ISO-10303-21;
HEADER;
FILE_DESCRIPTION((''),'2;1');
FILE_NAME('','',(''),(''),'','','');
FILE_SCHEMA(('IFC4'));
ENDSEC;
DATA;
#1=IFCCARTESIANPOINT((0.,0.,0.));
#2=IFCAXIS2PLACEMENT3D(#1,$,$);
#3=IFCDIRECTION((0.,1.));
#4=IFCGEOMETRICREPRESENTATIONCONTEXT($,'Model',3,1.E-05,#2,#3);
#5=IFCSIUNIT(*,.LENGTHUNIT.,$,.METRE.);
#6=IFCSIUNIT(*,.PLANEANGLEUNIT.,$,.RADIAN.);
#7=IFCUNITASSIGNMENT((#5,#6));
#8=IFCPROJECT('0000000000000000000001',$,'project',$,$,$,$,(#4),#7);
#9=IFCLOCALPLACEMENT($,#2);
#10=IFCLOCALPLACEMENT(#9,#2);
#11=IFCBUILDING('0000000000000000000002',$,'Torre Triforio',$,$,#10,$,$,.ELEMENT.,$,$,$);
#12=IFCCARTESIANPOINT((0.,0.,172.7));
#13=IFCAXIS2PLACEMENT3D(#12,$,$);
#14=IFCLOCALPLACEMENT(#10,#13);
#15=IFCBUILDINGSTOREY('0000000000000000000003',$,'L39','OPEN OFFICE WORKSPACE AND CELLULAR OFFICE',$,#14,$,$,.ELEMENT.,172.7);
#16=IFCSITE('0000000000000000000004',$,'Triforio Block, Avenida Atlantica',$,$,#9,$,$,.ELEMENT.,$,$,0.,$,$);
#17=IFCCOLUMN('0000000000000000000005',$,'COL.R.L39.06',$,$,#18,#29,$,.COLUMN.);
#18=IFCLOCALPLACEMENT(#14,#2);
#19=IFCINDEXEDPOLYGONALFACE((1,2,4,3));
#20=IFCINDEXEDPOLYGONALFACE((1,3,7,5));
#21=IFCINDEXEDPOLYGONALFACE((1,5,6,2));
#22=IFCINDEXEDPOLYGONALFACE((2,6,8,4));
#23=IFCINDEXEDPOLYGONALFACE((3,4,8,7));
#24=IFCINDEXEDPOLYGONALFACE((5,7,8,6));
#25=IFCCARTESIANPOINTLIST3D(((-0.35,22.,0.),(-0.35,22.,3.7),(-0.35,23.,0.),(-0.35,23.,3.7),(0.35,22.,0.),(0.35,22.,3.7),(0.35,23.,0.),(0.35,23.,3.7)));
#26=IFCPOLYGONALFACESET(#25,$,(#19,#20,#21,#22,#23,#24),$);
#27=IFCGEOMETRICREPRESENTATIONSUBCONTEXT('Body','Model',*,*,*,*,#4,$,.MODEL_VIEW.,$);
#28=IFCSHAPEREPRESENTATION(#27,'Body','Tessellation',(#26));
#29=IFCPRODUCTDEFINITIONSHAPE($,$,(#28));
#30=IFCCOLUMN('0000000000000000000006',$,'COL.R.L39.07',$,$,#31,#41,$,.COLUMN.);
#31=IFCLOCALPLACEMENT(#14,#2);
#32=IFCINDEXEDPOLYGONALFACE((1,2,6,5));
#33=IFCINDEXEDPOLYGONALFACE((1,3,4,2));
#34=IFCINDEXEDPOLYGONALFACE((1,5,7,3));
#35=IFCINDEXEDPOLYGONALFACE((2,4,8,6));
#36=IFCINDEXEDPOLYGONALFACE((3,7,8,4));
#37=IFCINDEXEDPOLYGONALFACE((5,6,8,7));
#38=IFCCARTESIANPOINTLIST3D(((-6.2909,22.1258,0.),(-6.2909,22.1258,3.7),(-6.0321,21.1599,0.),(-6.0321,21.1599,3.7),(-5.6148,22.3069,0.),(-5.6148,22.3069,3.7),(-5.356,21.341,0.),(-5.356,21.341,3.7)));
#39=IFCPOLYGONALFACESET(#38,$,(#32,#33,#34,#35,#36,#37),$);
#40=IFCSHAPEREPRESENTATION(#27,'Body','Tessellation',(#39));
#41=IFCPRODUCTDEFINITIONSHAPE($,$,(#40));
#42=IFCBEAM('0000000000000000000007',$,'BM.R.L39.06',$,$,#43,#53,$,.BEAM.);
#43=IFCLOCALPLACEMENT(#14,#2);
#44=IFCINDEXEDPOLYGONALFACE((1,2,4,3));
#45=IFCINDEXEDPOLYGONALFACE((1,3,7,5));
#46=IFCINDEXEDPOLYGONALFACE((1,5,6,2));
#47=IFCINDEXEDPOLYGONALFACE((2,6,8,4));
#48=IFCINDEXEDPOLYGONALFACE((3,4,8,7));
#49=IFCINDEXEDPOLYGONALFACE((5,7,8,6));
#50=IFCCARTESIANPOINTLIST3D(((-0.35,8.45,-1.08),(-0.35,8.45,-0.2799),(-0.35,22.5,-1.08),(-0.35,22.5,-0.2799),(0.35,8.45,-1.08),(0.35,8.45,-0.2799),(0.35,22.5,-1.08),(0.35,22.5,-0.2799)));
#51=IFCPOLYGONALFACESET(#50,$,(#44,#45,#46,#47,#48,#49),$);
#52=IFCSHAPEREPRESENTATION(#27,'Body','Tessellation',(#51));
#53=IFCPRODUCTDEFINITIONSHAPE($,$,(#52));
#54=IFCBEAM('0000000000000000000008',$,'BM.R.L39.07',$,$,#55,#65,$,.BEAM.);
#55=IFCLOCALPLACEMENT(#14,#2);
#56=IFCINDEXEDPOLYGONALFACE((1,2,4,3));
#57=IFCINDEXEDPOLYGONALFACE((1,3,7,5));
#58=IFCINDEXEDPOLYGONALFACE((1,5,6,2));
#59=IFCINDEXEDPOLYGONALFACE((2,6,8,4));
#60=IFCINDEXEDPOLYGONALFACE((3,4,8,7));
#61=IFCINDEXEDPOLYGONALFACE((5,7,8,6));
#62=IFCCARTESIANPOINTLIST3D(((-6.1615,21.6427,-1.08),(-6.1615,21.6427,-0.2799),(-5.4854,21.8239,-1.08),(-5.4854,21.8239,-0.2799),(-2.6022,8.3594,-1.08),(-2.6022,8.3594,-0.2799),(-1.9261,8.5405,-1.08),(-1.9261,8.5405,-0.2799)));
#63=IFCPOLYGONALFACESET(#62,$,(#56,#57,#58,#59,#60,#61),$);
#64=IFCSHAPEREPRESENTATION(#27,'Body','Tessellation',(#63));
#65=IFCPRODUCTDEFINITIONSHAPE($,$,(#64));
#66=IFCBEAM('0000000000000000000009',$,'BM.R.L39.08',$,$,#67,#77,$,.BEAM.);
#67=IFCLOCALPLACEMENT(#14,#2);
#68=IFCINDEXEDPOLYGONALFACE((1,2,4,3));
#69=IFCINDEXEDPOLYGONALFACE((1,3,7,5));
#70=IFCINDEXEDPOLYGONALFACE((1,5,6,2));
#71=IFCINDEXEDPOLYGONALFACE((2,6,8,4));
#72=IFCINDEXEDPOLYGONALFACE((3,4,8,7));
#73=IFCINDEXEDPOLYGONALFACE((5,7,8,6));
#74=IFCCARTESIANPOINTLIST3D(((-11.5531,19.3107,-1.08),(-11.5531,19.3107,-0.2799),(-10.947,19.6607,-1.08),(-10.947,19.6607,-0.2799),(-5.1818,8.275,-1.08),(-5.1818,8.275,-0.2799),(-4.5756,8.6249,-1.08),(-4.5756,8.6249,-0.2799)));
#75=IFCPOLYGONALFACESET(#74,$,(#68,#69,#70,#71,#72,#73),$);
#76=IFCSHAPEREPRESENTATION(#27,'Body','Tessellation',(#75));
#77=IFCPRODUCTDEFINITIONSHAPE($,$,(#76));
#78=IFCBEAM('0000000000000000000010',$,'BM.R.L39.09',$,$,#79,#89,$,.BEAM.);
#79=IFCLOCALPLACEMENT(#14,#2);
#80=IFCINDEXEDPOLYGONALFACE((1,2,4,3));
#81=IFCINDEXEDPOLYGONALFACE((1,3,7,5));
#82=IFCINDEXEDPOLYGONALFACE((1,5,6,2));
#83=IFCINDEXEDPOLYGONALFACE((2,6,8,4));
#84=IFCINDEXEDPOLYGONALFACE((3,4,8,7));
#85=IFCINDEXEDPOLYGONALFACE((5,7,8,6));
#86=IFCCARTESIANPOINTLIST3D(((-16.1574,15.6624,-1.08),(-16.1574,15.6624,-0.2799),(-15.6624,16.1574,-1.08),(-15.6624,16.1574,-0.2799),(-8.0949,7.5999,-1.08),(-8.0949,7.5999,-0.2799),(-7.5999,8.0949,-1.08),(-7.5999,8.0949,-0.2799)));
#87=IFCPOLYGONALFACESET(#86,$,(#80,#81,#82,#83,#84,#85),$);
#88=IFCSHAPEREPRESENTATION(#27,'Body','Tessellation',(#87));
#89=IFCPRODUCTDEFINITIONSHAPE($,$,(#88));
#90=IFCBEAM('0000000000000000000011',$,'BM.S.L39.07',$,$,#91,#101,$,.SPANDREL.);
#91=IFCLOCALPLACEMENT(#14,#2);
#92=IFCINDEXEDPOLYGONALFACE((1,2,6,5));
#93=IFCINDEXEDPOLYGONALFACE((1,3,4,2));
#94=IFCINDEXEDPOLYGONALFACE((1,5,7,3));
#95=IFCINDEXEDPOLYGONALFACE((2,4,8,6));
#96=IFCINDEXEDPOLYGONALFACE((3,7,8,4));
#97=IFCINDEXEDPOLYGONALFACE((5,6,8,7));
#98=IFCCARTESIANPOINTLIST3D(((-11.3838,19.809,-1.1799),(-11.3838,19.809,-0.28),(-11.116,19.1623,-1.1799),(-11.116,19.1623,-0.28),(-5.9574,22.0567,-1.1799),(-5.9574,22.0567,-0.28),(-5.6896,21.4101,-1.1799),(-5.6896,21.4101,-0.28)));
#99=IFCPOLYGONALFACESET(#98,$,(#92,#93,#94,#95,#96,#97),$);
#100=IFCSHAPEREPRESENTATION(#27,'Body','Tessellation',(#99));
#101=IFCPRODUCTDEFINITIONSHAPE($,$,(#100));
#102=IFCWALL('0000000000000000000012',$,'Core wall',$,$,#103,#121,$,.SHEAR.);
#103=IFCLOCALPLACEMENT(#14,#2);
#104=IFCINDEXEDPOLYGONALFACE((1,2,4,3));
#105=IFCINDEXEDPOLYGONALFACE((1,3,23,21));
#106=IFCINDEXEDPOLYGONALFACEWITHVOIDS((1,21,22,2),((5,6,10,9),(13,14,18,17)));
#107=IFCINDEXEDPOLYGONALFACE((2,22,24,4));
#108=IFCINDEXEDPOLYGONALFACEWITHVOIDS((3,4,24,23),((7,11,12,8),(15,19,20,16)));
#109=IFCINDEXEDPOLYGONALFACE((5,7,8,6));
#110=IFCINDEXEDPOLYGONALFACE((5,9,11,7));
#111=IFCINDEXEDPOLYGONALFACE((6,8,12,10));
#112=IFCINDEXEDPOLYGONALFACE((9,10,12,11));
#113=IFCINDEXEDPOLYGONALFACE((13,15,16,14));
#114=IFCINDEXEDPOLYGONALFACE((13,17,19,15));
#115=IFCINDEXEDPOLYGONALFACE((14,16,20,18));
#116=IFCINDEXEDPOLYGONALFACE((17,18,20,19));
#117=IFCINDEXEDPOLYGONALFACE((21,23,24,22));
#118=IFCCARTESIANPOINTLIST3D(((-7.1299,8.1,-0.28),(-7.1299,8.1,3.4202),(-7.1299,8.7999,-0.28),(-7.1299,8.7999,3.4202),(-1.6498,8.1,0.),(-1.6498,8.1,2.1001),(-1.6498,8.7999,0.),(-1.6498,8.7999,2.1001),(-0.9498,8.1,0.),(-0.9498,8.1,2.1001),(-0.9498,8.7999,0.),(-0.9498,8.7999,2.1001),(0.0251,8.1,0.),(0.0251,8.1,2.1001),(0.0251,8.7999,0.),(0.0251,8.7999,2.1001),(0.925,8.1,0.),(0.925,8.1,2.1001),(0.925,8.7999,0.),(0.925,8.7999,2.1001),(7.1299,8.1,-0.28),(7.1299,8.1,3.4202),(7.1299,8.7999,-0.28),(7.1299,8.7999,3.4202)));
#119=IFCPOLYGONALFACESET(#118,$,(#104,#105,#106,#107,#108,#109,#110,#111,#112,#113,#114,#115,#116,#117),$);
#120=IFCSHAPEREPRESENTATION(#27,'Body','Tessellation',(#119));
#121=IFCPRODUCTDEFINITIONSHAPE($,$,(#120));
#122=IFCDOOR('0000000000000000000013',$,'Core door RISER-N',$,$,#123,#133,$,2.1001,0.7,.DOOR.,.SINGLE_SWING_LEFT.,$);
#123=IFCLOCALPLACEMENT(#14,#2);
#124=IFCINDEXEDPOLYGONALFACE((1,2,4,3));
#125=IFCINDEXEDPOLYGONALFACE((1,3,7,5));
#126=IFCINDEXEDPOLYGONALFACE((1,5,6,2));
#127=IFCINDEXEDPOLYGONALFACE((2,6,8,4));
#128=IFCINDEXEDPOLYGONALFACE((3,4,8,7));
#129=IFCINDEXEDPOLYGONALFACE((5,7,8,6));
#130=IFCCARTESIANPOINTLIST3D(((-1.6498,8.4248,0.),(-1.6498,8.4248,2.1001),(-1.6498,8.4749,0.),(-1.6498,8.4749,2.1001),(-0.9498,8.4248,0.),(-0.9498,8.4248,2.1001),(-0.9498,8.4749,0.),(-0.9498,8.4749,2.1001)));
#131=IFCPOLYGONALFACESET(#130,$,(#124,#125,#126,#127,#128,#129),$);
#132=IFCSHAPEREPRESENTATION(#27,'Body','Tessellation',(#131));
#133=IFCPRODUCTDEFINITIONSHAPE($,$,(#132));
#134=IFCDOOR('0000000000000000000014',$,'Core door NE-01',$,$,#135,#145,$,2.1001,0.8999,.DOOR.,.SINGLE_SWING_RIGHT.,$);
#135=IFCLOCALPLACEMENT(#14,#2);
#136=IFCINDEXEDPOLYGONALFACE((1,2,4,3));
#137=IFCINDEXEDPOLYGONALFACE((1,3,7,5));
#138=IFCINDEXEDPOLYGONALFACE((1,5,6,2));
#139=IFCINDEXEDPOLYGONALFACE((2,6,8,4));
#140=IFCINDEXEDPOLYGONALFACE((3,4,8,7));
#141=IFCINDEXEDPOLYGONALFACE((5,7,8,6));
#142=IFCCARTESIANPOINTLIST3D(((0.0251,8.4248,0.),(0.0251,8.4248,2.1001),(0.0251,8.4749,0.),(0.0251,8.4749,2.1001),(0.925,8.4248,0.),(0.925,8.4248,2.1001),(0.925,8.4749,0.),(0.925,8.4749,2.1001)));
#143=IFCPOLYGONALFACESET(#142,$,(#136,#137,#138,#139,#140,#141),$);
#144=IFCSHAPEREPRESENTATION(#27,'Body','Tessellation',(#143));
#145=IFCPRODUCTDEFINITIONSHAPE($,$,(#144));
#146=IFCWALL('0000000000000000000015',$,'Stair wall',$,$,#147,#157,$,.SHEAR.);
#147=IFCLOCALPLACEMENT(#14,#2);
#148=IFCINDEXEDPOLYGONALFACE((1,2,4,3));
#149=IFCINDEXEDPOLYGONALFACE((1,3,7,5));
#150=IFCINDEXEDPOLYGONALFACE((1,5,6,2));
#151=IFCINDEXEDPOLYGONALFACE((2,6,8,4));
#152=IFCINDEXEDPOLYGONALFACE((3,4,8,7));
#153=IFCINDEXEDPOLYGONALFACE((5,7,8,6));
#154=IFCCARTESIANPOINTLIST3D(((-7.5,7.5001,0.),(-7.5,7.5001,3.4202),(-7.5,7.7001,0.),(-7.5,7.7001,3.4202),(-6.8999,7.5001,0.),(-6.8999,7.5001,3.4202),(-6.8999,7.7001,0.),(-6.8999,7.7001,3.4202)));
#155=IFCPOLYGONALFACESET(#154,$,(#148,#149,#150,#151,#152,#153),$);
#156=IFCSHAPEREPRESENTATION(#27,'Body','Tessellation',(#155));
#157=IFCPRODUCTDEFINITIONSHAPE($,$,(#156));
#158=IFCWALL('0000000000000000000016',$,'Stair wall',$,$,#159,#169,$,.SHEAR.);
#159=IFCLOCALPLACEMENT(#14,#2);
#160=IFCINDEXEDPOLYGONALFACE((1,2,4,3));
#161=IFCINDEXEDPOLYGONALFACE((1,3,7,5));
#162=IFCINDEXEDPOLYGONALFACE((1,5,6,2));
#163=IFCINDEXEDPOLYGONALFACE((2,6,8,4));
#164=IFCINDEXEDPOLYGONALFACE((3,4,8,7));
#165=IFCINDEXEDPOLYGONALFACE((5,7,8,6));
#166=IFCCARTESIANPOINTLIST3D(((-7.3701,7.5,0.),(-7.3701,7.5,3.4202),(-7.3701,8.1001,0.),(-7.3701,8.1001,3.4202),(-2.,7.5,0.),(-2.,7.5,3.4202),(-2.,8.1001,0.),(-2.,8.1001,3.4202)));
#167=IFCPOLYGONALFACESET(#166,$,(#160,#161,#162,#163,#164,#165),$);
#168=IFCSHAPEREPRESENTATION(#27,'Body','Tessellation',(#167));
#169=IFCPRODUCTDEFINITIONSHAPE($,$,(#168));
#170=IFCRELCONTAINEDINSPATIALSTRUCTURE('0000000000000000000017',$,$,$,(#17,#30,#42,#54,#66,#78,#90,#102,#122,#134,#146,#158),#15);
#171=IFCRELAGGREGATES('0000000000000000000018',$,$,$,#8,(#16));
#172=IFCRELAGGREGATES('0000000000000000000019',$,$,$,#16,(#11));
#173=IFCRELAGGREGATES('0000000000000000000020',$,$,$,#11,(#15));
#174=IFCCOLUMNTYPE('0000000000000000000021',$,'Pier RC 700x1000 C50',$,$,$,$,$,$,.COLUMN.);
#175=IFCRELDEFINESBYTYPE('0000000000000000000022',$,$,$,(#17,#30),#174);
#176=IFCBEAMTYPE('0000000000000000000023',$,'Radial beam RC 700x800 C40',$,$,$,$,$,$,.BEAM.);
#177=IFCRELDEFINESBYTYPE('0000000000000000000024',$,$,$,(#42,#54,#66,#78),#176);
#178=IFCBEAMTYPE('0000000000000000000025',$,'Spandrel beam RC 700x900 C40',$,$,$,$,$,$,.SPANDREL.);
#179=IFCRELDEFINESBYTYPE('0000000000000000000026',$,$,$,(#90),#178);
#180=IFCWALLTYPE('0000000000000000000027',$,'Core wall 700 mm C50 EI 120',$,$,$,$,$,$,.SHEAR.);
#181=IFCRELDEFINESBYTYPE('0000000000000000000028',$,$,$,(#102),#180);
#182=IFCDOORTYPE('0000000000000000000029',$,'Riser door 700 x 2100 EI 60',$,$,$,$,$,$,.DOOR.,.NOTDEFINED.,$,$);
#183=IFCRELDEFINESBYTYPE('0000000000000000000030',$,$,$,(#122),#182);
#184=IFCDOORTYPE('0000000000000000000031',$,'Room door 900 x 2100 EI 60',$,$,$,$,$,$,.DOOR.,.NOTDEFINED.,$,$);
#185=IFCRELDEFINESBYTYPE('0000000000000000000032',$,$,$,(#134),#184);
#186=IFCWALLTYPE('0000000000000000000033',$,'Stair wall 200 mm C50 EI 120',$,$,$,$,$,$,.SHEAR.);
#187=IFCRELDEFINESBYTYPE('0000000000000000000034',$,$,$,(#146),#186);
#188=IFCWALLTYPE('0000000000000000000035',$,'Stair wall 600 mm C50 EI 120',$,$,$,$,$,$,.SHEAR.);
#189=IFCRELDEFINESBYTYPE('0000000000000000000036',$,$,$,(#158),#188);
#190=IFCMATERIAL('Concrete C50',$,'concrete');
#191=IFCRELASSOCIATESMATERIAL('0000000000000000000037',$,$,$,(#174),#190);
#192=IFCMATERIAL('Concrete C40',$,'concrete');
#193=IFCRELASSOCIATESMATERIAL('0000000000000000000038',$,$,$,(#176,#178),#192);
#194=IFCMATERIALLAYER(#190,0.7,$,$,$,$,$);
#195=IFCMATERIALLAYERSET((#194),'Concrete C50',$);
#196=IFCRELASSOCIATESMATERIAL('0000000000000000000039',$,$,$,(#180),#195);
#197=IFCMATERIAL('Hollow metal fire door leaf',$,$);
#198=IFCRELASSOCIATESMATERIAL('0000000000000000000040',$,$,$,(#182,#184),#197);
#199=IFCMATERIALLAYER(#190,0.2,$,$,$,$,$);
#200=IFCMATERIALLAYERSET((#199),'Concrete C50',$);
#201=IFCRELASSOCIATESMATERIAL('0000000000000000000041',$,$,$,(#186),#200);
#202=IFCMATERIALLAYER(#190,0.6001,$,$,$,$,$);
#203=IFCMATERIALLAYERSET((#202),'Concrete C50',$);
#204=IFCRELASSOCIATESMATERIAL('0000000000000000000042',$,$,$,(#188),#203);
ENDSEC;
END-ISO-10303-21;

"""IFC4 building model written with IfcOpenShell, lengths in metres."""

from ifc_helpers import new_model, si_unit, direction, frame, frame_2d, origin, origin_2d, place, context, subcontext, project, spatial, rectangle, extrude, material, layer, layer_set, material_profile, profile_set, type_object, element, fill, save


model = new_model("IFC4")

# Units and contexts
model_context = context("Model", 3, precision=1e-05, world=origin(), true_north=direction((0.0, 1.0)))
body_context = subcontext(model_context, "Body", "Model", "MODEL_VIEW")
ifc_project = project(units=[si_unit("LENGTHUNIT", "METRE"), si_unit("PLANEANGLEUNIT", "RADIAN")], contexts=[model_context])

# Site, building, storey
site_placement = place(None, origin())
site = spatial("IfcSite", under=ifc_project, at=site_placement, Name="Triforio Block, Avenida Atlantica", CompositionType="ELEMENT", RefElevation=0.0)
building_placement = place(site_placement, origin())
building = spatial("IfcBuilding", under=site, at=building_placement, Name="Torre Triforio", CompositionType="ELEMENT")
storey_placement = place(building_placement, frame((0.0, 0.0, 172.7)))
storey = spatial("IfcBuildingStorey", under=building, at=storey_placement, Name="L39", Description="OPEN OFFICE WORKSPACE AND CELLULAR OFFICE", CompositionType="ELEMENT", Elevation=172.7)

# Columns
ifc_material_1 = material(Name="Concrete C50", Category="concrete")
ifc_material_profile_1 = material_profile(ifc_material_1, rectangle(XDim=0.7, YDim=1.0, at=origin_2d()), Name="RC 700x1000")
ifc_profile_set_1 = profile_set([ifc_material_profile_1], Name="Concrete C50")
column_type = type_object("IfcColumnType", Name="Pier RC 700x1000 C50", PredefinedType="COLUMN", material=ifc_profile_set_1)
for number, where, z_axis, x_axis, name in (
    (1, (0.0, 22.5, 0.0), (0.0, 0.0, 1.0), (-1.0, 0.0, 0.0), "COL.R.L39.06"),
    (2, (-5.8235, 21.7334, 0.0), (0.0, 0.0, 1.0), (-0.965926, -0.258819, 0.0), "COL.R.L39.07"),
):
    element("IfcColumn", number, at=place(storey_placement, frame(where, z_axis=z_axis, x_axis=x_axis)), inside=storey, type_object=column_type, Name=name, PredefinedType="COLUMN", context=body_context, shape_type="SweptSolid", body=[
        extrude(rectangle(XDim=0.7, YDim=1.0, at=origin_2d()), origin(), (0.0, 0.0, 1.0), 3.7),
    ])

# Beams
ifc_material_2 = material(Name="Concrete C40", Category="concrete")
ifc_material_profile_2 = material_profile(ifc_material_2, rectangle(XDim=0.7, YDim=0.8, at=origin_2d()), Name="RC 700x800")
ifc_profile_set_2 = profile_set([ifc_material_profile_2], Name="Concrete C40")
beam_type_1 = type_object("IfcBeamType", Name="Radial beam RC 700x800 C40", PredefinedType="BEAM", material=ifc_profile_set_2)
beam_1_placement = place(storey_placement, frame((0.0, 8.45, -0.6799), z_axis=(0.0, 1.0, 0.0), x_axis=(-1.0, 0.0, 0.0)))
element("IfcBeam", 3, at=beam_1_placement, inside=storey, type_object=beam_type_1, Name="BM.R.L39.06", PredefinedType="BEAM", context=body_context, shape_type="SweptSolid", body=[
    extrude(rectangle(XDim=0.7, YDim=0.8, at=origin_2d()), origin(), (0.0, 0.0, 1.0), 14.05),
])
beam_2_placement = place(storey_placement, frame((-2.2642, 8.45, -0.6799), z_axis=(-0.258822, 0.965925, 0.0), x_axis=(-0.965925, -0.258822, 0.0)))
element("IfcBeam", 4, at=beam_2_placement, inside=storey, type_object=beam_type_1, Name="BM.R.L39.07", PredefinedType="BEAM", context=body_context, shape_type="SweptSolid", body=[
    extrude(rectangle(XDim=0.7, YDim=0.8, at=origin_2d()), origin(), (0.0, 0.0, 1.0), 13.752),
])
beam_3_placement = place(storey_placement, frame((-4.8787, 8.45, -0.6799), z_axis=(-0.499994, 0.866029, 0.0), x_axis=(-0.866029, -0.499994, 0.0)))
element("IfcBeam", 5, at=beam_3_placement, inside=storey, type_object=beam_type_1, Name="BM.R.L39.08", PredefinedType="BEAM", context=body_context, shape_type="SweptSolid", body=[
    extrude(rectangle(XDim=0.7, YDim=0.8, at=origin_2d()), origin(), (0.0, 0.0, 1.0), 12.7429),
])
beam_4_placement = place(storey_placement, frame((-7.8474, 7.8474, -0.6799), z_axis=(-0.707107, 0.707107, 0.0), x_axis=(-0.707107, -0.707107, 0.0)))
element("IfcBeam", 6, at=beam_4_placement, inside=storey, type_object=beam_type_1, Name="BM.R.L39.09", PredefinedType="BEAM", context=body_context, shape_type="SweptSolid", body=[
    extrude(rectangle(XDim=0.7, YDim=0.8, at=origin_2d()), origin(), (0.0, 0.0, 1.0), 11.4021),
])
ifc_material_profile_3 = material_profile(ifc_material_2, rectangle(XDim=0.7, YDim=0.8999, at=origin_2d()), Name="RC 700x900")
ifc_profile_set_3 = profile_set([ifc_material_profile_3], Name="Concrete C40")
beam_type_2 = type_object("IfcBeamType", Name="Spandrel beam RC 700x900 C40", PredefinedType="SPANDREL", material=ifc_profile_set_3)
beam_5_placement = place(storey_placement, frame((-5.8235, 21.7334, -0.73), z_axis=(-0.923875, -0.382693, 0.0), x_axis=(0.382693, -0.923875, 0.0)))
element("IfcBeam", 7, at=beam_5_placement, inside=storey, type_object=beam_type_2, Name="BM.S.L39.07", PredefinedType="SPANDREL", context=body_context, shape_type="SweptSolid", body=[
    extrude(rectangle(XDim=0.7, YDim=0.8999, at=origin_2d()), origin(), (0.0, 0.0, 1.0), 5.8735),
])

# Wall, openings, doors
ifc_layer_1 = layer(ifc_material_1, 0.7)
ifc_layer_set_1 = layer_set([ifc_layer_1], Name="Concrete C50")
wall_type_1 = type_object("IfcWallType", Name="Core wall 700 mm C50 EI 120", PredefinedType="SHEAR", material=ifc_layer_set_1)
wall_1_placement = place(storey_placement, frame((-7.1299, 8.45, -0.28), z_axis=(0.0, 0.0, 1.0), x_axis=(1.0, 0.0, 0.0)))
wall_1 = element("IfcWall", 8, at=wall_1_placement, inside=storey, type_object=wall_type_1, Name="Core wall", PredefinedType="SHEAR", context=body_context, shape_type="SweptSolid", body=[
    extrude(rectangle(XDim=14.2598, YDim=0.7, at=frame_2d((7.1299, 0.0))), origin(), (0.0, 0.0, 1.0), 3.7002),
])
opening_1_placement = place(wall_1_placement, frame((5.48, 0.0, 0.28)))
opening_1 = element("IfcOpeningElement", 9, at=opening_1_placement, cuts=wall_1, PredefinedType="OPENING", context=body_context, shape_type="SweptSolid", body=[
    extrude(rectangle(XDim=0.7, YDim=2.1001, at=frame_2d((0.3501, 1.05))), frame((0.0, 0.3599, 0.0), z_axis=(0.0, -1.0, 0.0), x_axis=(1.0, 0.0, 0.0)), (0.0, 0.0, 1.0), 0.72),
])
opening_2_placement = place(wall_1_placement, frame((7.155, 0.0, 0.28)))
opening_2 = element("IfcOpeningElement", 10, at=opening_2_placement, cuts=wall_1, PredefinedType="OPENING", context=body_context, shape_type="SweptSolid", body=[
    extrude(rectangle(XDim=0.8999, YDim=2.1001, at=frame_2d((0.45, 1.05))), frame((0.0, 0.3599, 0.0), z_axis=(0.0, -1.0, 0.0), x_axis=(1.0, 0.0, 0.0)), (0.0, 0.0, 1.0), 0.72),
])
ifc_material_3 = material(Name="Hollow metal fire door leaf")
door_type_1 = type_object("IfcDoorType", Name="Riser door 700 x 2100 EI 60", OperationType="NOTDEFINED", PredefinedType="DOOR", material=ifc_material_3)
door_1_placement = place(opening_1_placement, origin())
door_1 = element("IfcDoor", 11, at=door_1_placement, inside=storey, type_object=door_type_1, Name="Core door RISER-N", OperationType="SINGLE_SWING_LEFT", OverallHeight=2.1001, OverallWidth=0.7, PredefinedType="DOOR", context=body_context, shape_type="SweptSolid", body=[
    extrude(rectangle(XDim=0.7, YDim=2.1001, at=frame_2d((0.3501, 1.05))), frame((0.0, 0.0249, 0.0), z_axis=(0.0, -1.0, 0.0), x_axis=(1.0, 0.0, 0.0)), (0.0, 0.0, 1.0), 0.05),
])
fill(opening_1, door_1)
door_type_2 = type_object("IfcDoorType", Name="Room door 900 x 2100 EI 60", OperationType="NOTDEFINED", PredefinedType="DOOR", material=ifc_material_3)
door_2_placement = place(opening_2_placement, origin())
door_2 = element("IfcDoor", 12, at=door_2_placement, inside=storey, type_object=door_type_2, Name="Core door NE-01", OperationType="SINGLE_SWING_RIGHT", OverallHeight=2.1001, OverallWidth=0.8999, PredefinedType="DOOR", context=body_context, shape_type="SweptSolid", body=[
    extrude(rectangle(XDim=0.8999, YDim=2.1001, at=frame_2d((0.45, 1.05))), frame((0.0, 0.0249, 0.0), z_axis=(0.0, -1.0, 0.0), x_axis=(1.0, 0.0, 0.0)), (0.0, 0.0, 1.0), 0.05),
])
fill(opening_2, door_2)

# Walls
ifc_layer_2 = layer(ifc_material_1, 0.2)
ifc_layer_set_2 = layer_set([ifc_layer_2], Name="Concrete C50")
wall_type_2 = type_object("IfcWallType", Name="Stair wall 200 mm C50 EI 120", PredefinedType="SHEAR", material=ifc_layer_set_2)
wall_2_placement = place(storey_placement, frame((-7.5, 7.6001, 0.0), z_axis=(0.0, 0.0, 1.0), x_axis=(1.0, 0.0, 0.0)))
element("IfcWall", 13, at=wall_2_placement, inside=storey, type_object=wall_type_2, Name="Stair wall", PredefinedType="SHEAR", context=body_context, shape_type="SweptSolid", body=[
    extrude(rectangle(XDim=0.6001, YDim=0.2, at=frame_2d((0.3, 0.0))), origin(), (0.0, 0.0, 1.0), 3.4202),
])
ifc_layer_3 = layer(ifc_material_1, 0.6001)
ifc_layer_set_3 = layer_set([ifc_layer_3], Name="Concrete C50")
wall_type_3 = type_object("IfcWallType", Name="Stair wall 600 mm C50 EI 120", PredefinedType="SHEAR", material=ifc_layer_set_3)
wall_3_placement = place(storey_placement, frame((-7.3701, 7.8, 0.0), z_axis=(0.0, 0.0, 1.0), x_axis=(1.0, 0.0, 0.0)))
element("IfcWall", 14, at=wall_3_placement, inside=storey, type_object=wall_type_3, Name="Stair wall", PredefinedType="SHEAR", context=body_context, shape_type="SweptSolid", body=[
    extrude(rectangle(XDim=5.3701, YDim=0.6001, at=frame_2d((2.6851, 0.0))), origin(), (0.0, 0.0, 1.0), 3.4202),
])

save(model, "model.ifc")
